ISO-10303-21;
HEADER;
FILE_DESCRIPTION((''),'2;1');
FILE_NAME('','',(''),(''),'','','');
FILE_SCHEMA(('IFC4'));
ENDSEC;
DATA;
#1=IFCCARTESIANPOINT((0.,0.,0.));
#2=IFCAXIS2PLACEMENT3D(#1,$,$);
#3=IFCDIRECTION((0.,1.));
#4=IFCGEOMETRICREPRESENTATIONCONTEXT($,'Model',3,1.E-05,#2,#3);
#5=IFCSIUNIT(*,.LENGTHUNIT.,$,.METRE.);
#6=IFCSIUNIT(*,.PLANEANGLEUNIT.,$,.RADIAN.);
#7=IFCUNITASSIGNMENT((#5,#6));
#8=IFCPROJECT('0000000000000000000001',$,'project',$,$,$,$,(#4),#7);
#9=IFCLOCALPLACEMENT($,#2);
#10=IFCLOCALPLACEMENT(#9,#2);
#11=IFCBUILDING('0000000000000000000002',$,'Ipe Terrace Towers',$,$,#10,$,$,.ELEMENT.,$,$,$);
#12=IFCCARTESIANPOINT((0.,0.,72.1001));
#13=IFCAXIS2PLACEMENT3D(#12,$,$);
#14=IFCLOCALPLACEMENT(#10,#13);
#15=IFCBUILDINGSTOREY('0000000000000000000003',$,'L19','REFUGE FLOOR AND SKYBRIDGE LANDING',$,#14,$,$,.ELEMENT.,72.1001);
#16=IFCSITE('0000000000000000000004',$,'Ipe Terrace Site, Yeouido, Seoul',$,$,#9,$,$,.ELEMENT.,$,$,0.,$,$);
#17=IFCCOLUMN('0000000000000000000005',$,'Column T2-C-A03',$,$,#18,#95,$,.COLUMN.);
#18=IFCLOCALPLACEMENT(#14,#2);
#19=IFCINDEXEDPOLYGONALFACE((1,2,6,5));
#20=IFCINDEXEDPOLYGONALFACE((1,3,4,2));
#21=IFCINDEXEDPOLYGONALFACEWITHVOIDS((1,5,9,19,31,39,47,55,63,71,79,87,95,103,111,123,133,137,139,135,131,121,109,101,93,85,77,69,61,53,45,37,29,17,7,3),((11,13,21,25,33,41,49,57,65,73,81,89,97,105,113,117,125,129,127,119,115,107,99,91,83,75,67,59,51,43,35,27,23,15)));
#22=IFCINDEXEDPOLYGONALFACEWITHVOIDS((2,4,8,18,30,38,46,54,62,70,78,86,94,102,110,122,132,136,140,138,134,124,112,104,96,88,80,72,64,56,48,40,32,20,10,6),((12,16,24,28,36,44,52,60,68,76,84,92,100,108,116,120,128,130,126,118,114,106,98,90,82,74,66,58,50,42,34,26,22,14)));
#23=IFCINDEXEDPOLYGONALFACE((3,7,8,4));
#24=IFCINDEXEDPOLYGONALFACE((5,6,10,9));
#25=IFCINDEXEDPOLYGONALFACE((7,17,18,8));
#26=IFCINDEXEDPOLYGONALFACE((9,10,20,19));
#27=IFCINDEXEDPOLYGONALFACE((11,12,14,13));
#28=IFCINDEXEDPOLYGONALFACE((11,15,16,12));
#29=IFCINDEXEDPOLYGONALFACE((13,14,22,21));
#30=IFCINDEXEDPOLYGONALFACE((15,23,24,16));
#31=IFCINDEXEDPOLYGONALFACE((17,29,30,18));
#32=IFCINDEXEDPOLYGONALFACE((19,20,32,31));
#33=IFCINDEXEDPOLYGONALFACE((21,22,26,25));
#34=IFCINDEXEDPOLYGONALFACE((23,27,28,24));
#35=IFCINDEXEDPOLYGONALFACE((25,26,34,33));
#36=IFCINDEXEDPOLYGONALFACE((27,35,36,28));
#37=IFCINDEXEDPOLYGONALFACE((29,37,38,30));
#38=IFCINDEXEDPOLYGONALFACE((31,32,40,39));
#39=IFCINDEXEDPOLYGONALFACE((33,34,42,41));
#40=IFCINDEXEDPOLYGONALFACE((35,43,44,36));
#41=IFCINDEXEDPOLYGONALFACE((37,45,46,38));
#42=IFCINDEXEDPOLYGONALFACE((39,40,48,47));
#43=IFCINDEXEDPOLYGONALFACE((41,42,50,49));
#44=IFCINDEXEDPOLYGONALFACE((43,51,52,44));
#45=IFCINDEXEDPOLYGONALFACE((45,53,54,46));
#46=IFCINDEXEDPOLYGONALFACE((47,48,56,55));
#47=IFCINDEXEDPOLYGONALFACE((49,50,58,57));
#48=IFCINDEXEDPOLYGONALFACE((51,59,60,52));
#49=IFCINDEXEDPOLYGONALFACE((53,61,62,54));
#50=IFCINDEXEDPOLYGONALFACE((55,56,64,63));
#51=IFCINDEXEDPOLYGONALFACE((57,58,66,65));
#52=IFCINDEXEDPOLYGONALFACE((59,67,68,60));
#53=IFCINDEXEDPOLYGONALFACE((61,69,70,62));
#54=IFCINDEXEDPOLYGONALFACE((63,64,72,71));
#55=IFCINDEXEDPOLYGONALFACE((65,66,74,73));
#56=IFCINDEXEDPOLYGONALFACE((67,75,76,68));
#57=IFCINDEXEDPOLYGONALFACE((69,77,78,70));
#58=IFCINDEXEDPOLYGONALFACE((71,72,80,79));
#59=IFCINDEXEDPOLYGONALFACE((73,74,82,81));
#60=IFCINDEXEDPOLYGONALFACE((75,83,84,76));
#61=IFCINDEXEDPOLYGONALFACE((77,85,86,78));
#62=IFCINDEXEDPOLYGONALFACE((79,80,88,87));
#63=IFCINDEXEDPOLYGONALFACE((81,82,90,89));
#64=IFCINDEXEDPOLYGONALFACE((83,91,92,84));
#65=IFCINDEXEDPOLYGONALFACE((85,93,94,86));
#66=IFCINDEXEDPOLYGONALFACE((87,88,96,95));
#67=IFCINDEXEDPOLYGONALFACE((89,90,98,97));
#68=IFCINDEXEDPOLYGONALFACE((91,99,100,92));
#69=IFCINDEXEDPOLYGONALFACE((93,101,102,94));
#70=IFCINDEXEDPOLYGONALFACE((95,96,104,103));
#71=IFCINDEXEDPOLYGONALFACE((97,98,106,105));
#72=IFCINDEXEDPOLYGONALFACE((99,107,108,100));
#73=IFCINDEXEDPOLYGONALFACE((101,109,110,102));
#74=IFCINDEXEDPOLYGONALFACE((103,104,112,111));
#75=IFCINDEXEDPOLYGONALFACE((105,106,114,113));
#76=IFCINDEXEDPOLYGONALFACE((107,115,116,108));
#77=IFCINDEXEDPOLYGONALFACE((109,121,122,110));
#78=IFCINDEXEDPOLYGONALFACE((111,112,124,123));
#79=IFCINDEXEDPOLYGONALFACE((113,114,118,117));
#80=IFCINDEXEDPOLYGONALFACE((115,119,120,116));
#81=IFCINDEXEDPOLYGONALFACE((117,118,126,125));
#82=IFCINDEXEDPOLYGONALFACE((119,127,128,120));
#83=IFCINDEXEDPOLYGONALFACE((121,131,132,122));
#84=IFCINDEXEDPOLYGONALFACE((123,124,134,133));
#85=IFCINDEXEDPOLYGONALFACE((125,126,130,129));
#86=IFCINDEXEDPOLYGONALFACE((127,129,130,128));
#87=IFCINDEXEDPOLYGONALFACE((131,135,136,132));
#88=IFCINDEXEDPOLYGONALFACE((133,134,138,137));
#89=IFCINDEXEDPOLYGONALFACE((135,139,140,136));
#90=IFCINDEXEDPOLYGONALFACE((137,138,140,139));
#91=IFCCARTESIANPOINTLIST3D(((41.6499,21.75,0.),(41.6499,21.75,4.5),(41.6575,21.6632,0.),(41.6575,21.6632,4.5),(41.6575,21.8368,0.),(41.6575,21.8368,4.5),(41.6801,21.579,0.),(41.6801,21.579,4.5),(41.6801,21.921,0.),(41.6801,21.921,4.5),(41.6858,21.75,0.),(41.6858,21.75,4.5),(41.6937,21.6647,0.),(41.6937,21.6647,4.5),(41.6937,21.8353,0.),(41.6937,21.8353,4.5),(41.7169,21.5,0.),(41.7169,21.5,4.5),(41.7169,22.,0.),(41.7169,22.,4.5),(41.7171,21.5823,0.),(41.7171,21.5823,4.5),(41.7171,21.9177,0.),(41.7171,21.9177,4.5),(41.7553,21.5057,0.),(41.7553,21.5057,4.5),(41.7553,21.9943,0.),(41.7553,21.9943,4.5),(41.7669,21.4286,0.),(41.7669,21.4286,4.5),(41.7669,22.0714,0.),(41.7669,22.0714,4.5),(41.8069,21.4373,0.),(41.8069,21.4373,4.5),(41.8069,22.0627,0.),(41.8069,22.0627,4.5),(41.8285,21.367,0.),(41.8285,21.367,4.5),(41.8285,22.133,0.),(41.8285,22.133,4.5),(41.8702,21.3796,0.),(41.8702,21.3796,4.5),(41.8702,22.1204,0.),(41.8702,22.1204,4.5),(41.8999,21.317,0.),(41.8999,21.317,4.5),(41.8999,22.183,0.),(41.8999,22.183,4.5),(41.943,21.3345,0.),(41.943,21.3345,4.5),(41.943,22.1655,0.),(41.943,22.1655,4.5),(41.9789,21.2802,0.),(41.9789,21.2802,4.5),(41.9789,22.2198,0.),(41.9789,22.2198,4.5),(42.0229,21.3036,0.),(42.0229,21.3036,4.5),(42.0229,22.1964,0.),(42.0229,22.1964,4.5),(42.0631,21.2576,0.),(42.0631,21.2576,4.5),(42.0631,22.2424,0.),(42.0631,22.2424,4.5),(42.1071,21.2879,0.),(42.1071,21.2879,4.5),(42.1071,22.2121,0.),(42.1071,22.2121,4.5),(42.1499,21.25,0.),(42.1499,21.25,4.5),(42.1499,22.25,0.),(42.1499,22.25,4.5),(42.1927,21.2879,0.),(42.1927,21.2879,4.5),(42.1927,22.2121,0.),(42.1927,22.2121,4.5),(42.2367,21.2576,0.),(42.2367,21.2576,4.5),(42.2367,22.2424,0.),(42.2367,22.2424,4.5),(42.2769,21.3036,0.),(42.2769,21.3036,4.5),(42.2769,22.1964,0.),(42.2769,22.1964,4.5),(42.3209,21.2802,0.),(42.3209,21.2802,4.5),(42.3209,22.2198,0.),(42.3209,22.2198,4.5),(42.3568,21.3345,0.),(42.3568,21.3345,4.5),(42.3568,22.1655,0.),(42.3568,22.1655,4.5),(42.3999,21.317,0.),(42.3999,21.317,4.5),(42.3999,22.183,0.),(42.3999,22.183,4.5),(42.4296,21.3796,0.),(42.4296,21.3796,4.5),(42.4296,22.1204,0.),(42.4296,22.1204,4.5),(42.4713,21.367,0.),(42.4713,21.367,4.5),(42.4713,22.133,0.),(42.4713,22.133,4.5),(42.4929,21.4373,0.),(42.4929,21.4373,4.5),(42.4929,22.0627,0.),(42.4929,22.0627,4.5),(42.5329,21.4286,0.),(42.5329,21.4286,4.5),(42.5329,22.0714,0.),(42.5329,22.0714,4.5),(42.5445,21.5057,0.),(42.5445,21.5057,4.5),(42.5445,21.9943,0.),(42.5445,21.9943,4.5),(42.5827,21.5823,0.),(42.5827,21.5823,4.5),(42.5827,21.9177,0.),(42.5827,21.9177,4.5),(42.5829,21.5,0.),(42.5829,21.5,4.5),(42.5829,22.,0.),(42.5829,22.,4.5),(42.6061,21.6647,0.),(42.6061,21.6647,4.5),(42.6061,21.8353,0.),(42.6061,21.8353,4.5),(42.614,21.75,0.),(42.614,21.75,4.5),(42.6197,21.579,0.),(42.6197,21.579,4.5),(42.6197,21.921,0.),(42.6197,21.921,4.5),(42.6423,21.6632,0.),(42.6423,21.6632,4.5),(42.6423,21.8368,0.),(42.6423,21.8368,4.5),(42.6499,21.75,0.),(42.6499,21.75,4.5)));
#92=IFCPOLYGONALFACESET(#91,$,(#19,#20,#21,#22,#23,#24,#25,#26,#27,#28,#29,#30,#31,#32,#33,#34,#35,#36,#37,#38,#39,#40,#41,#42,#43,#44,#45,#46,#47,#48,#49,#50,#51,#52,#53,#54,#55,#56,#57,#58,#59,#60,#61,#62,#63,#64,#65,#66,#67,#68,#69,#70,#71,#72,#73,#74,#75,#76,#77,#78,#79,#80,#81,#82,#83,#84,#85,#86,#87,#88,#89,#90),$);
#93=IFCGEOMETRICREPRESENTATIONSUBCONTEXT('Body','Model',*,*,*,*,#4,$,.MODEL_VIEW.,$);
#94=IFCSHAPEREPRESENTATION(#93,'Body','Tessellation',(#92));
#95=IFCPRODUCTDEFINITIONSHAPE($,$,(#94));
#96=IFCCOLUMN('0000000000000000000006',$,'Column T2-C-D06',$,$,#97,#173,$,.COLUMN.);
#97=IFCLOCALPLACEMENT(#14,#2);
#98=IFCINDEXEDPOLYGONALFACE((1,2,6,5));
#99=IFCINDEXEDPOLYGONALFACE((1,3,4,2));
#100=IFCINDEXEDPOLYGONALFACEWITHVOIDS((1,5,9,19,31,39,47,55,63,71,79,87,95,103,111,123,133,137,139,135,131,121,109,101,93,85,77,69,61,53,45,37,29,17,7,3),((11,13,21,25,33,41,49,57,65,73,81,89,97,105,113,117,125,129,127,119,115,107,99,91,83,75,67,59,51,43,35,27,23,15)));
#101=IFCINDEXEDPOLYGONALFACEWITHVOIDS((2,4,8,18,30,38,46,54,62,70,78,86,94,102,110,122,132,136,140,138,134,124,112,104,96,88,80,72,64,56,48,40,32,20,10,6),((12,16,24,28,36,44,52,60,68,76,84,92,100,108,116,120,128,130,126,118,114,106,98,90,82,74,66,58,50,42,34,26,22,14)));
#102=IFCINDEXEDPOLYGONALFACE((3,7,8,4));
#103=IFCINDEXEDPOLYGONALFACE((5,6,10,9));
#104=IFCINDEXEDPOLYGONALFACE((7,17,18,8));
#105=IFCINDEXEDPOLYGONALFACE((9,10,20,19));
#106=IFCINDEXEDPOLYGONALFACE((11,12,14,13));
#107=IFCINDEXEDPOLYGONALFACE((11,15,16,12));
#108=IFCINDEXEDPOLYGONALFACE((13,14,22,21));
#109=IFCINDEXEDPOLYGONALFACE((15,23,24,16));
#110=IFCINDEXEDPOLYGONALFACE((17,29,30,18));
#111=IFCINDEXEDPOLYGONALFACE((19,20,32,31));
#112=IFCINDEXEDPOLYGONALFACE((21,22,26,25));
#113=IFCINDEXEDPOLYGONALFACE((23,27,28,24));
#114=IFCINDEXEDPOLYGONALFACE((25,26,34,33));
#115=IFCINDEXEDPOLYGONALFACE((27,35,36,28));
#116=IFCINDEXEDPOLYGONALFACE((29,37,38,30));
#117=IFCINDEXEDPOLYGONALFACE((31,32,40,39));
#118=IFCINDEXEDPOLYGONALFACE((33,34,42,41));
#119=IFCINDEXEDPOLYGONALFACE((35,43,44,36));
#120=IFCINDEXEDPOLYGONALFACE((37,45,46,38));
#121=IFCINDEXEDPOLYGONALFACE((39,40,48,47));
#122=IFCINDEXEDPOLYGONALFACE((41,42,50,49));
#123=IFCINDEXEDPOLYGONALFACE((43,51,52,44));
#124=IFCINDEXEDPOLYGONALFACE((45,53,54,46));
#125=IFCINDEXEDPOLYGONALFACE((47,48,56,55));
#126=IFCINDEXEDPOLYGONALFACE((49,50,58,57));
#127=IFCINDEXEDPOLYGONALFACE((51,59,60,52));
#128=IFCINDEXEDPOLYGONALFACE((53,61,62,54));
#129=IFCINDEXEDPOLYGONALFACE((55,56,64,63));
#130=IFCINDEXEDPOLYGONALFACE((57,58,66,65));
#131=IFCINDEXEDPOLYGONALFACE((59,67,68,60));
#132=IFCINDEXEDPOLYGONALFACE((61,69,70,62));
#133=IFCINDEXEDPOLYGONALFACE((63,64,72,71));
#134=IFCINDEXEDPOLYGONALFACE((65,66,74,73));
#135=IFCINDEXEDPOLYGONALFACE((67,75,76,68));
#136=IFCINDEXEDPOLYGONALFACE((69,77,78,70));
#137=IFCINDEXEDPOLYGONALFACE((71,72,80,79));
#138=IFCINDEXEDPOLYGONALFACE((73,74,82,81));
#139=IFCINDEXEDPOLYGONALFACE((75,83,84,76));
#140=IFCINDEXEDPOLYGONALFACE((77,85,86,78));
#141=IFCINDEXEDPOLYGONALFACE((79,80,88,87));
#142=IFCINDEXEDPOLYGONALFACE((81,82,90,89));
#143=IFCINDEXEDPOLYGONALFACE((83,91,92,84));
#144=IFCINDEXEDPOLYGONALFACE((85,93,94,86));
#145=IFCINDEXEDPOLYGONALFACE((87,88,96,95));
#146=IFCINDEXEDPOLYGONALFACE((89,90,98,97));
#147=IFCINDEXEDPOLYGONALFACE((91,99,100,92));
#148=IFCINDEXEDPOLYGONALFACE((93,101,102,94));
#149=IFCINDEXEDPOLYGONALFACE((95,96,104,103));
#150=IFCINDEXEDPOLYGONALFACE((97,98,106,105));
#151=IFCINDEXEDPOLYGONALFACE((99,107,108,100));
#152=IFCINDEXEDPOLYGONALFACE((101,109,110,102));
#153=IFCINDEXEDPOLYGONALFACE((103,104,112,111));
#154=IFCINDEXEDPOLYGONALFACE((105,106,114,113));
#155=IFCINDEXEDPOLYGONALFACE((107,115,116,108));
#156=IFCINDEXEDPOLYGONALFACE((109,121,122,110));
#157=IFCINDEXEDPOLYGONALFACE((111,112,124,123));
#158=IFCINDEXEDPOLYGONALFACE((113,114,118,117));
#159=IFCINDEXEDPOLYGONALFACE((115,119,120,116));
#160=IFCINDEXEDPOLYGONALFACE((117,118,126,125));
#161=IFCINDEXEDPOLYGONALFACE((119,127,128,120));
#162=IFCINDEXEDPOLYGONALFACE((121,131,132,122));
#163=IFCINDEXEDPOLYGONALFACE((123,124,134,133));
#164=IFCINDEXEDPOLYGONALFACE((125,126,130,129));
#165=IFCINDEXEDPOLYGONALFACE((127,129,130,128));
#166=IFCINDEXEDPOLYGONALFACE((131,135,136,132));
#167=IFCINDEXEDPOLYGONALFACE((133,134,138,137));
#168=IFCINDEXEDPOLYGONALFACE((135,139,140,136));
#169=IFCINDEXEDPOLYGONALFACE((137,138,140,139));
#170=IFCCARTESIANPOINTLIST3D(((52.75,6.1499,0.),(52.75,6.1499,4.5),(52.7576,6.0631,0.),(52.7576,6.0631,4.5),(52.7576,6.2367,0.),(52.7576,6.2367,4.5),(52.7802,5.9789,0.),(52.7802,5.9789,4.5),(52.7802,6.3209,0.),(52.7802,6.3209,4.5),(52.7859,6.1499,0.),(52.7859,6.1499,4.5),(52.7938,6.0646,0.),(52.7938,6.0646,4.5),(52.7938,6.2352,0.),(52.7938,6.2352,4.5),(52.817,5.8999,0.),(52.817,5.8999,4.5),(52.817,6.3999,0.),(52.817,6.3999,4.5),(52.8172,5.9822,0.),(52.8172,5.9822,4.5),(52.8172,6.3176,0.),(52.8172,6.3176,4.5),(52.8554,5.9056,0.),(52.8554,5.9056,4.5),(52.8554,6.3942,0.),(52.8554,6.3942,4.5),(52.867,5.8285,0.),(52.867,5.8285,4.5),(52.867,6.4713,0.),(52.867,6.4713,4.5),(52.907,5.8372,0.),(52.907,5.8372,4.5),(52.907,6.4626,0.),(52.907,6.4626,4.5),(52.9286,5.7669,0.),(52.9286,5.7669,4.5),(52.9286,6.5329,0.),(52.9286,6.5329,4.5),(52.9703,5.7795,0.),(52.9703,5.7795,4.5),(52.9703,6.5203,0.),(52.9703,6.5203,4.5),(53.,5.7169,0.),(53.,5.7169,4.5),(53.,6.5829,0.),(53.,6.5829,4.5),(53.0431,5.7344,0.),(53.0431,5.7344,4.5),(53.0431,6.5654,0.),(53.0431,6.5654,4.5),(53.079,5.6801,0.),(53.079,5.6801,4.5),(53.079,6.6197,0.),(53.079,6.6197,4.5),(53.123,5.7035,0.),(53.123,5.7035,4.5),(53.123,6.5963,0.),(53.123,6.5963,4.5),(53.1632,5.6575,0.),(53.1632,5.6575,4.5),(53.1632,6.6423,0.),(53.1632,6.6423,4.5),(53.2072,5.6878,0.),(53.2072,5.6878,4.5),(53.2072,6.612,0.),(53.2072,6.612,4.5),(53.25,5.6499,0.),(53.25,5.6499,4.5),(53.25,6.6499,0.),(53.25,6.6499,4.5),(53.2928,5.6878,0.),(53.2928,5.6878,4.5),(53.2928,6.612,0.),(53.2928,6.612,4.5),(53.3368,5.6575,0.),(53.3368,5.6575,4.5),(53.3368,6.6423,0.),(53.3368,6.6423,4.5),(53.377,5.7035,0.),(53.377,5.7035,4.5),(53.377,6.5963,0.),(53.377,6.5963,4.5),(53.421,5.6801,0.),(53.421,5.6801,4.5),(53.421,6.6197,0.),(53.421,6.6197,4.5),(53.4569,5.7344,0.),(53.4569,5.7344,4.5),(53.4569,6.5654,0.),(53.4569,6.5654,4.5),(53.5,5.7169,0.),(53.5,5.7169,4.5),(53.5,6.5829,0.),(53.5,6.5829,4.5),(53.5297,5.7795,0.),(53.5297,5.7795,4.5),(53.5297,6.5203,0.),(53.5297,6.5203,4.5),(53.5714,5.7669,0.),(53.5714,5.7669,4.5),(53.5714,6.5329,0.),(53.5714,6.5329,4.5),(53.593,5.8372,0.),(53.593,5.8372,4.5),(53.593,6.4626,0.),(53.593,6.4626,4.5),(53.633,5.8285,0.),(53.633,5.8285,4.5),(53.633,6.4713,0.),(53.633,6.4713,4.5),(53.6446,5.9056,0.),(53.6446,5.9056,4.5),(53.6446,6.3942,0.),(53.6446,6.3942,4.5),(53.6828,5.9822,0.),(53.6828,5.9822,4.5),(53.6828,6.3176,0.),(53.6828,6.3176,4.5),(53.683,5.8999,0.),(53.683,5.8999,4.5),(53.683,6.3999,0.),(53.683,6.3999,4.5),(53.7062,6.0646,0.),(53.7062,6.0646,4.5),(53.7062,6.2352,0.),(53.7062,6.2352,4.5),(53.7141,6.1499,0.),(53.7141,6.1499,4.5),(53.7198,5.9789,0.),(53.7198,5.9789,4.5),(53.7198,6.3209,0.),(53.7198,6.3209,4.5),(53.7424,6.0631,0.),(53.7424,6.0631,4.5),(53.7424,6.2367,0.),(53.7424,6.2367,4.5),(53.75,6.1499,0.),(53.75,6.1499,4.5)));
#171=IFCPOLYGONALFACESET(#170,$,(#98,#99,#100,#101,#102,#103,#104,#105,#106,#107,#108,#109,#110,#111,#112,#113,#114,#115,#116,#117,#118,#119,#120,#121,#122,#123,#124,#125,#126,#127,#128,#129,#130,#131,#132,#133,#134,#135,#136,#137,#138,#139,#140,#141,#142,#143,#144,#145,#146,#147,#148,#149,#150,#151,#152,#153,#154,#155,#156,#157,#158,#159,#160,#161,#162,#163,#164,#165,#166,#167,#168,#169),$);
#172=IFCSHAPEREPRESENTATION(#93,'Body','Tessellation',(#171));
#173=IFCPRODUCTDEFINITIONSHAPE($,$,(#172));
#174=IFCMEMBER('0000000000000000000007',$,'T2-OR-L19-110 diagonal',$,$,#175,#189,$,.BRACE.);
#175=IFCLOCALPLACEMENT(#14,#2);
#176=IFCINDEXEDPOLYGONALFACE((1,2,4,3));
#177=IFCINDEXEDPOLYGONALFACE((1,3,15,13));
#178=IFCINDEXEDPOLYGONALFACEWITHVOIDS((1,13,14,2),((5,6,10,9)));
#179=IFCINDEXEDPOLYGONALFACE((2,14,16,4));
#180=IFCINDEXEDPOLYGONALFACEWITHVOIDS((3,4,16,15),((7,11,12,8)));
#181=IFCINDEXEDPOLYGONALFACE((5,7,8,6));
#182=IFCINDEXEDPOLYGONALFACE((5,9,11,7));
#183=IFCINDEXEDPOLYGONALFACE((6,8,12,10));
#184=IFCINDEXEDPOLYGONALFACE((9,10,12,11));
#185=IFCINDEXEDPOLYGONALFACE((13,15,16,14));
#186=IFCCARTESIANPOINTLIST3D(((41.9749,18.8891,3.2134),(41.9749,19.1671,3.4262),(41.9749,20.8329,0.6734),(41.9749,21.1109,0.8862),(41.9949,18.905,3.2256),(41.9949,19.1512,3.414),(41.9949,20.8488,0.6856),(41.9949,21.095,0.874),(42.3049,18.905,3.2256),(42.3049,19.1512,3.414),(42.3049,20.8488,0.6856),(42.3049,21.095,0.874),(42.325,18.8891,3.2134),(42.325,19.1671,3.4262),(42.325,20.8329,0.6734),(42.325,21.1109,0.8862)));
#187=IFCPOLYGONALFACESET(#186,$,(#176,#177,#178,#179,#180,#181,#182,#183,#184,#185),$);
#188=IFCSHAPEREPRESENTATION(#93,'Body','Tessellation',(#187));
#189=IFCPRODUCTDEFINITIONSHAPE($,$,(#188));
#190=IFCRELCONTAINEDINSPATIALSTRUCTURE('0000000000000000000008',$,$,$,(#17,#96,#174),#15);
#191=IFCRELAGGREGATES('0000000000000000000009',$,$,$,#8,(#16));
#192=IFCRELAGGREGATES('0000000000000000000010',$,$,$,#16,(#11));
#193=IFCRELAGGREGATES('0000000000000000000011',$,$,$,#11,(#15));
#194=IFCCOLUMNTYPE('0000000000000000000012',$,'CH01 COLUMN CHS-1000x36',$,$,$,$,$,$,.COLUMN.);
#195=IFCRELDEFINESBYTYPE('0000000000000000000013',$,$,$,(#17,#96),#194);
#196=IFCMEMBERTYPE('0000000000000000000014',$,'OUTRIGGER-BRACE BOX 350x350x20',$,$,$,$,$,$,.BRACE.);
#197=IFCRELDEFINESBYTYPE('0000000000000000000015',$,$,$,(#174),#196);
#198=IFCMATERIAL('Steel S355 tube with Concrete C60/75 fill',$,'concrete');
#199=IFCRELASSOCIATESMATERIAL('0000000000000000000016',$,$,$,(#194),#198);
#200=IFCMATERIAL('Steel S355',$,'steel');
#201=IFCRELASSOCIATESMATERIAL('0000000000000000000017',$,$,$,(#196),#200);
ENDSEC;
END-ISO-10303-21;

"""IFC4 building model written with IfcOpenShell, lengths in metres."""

from ifc_helpers import new_model, si_unit, direction, frame, origin, origin_2d, place, context, subcontext, project, spatial, hollow_rectangle, hollow_circle, extrude, material, material_profile, profile_set, type_object, element, save


model = new_model("IFC4")

# Units and contexts
model_context = context("Model", 3, precision=1e-05, world=origin(), true_north=direction((0.0, 1.0)))
body_context = subcontext(model_context, "Body", "Model", "MODEL_VIEW")
ifc_project = project(units=[si_unit("LENGTHUNIT", "METRE"), si_unit("PLANEANGLEUNIT", "RADIAN")], contexts=[model_context])

# Site, building, storey
site_placement = place(None, origin())
site = spatial("IfcSite", under=ifc_project, at=site_placement, Name="Ipe Terrace Site, Yeouido, Seoul", CompositionType="ELEMENT", RefElevation=0.0)
building_placement = place(site_placement, origin())
building = spatial("IfcBuilding", under=site, at=building_placement, Name="Ipe Terrace Towers", CompositionType="ELEMENT")
storey_placement = place(building_placement, frame((0.0, 0.0, 72.1001)))
storey = spatial("IfcBuildingStorey", under=building, at=storey_placement, Name="L19", Description="REFUGE FLOOR AND SKYBRIDGE LANDING", CompositionType="ELEMENT", Elevation=72.1001)

# Columns
ifc_material_1 = material(Name="Steel S355 tube with Concrete C60/75 fill", Category="concrete")
ifc_material_profile_1 = material_profile(ifc_material_1, hollow_circle(Radius=0.5, WallThickness=0.0359, at=origin_2d()), Name="CHS-1000x36")
ifc_profile_set_1 = profile_set([ifc_material_profile_1], Name="Steel S355 tube with Concrete C60/75 fill")
column_type = type_object("IfcColumnType", Name="CH01 COLUMN CHS-1000x36", PredefinedType="COLUMN", material=ifc_profile_set_1)
for number, where, z_axis, x_axis, name in (
    (1, (42.1499, 21.75, 0.0), (0.0, 0.0, 1.0), (1.0, 0.0, 0.0), "Column T2-C-A03"),
    (2, (53.25, 6.1499, 0.0), (0.0, 0.0, 1.0), (1.0, 0.0, 0.0), "Column T2-C-D06"),
):
    element("IfcColumn", number, at=place(storey_placement, frame(where, z_axis=z_axis, x_axis=x_axis)), inside=storey, type_object=column_type, Name=name, PredefinedType="COLUMN", context=body_context, shape_type="SweptSolid", body=[
        extrude(hollow_circle(Radius=0.5, WallThickness=0.0359, at=origin_2d()), origin(), (0.0, 0.0, 1.0), 4.5),
    ])

# Member
ifc_material_2 = material(Name="Steel S355", Category="steel")
ifc_material_profile_2 = material_profile(ifc_material_2, hollow_rectangle(XDim=0.3501, YDim=0.3501, WallThickness=0.02, at=origin_2d()), Name="OUTRIGGER-BRACE BOX 350x350x20")
ifc_profile_set_2 = profile_set([ifc_material_profile_2], Name="Steel S355")
member_type_1 = type_object("IfcMemberType", Name="OUTRIGGER-BRACE BOX 350x350x20", PredefinedType="BRACE", material=ifc_profile_set_2)
member_1_placement = place(storey_placement, frame((42.1499, 20.9719, 0.7798), z_axis=(0.0, -0.607739, 0.794137), x_axis=(1.0, 0.0, 0.0)))
element("IfcMember", 3, at=member_1_placement, inside=storey, type_object=member_type_1, Name="T2-OR-L19-110 diagonal", PredefinedType="BRACE", context=body_context, shape_type="SweptSolid", body=[
    extrude(hollow_rectangle(XDim=0.3501, YDim=0.3501, WallThickness=0.02, at=origin_2d()), origin(), (0.0, 0.0, 1.0), 3.1985),
])

save(model, "model.ifc")
